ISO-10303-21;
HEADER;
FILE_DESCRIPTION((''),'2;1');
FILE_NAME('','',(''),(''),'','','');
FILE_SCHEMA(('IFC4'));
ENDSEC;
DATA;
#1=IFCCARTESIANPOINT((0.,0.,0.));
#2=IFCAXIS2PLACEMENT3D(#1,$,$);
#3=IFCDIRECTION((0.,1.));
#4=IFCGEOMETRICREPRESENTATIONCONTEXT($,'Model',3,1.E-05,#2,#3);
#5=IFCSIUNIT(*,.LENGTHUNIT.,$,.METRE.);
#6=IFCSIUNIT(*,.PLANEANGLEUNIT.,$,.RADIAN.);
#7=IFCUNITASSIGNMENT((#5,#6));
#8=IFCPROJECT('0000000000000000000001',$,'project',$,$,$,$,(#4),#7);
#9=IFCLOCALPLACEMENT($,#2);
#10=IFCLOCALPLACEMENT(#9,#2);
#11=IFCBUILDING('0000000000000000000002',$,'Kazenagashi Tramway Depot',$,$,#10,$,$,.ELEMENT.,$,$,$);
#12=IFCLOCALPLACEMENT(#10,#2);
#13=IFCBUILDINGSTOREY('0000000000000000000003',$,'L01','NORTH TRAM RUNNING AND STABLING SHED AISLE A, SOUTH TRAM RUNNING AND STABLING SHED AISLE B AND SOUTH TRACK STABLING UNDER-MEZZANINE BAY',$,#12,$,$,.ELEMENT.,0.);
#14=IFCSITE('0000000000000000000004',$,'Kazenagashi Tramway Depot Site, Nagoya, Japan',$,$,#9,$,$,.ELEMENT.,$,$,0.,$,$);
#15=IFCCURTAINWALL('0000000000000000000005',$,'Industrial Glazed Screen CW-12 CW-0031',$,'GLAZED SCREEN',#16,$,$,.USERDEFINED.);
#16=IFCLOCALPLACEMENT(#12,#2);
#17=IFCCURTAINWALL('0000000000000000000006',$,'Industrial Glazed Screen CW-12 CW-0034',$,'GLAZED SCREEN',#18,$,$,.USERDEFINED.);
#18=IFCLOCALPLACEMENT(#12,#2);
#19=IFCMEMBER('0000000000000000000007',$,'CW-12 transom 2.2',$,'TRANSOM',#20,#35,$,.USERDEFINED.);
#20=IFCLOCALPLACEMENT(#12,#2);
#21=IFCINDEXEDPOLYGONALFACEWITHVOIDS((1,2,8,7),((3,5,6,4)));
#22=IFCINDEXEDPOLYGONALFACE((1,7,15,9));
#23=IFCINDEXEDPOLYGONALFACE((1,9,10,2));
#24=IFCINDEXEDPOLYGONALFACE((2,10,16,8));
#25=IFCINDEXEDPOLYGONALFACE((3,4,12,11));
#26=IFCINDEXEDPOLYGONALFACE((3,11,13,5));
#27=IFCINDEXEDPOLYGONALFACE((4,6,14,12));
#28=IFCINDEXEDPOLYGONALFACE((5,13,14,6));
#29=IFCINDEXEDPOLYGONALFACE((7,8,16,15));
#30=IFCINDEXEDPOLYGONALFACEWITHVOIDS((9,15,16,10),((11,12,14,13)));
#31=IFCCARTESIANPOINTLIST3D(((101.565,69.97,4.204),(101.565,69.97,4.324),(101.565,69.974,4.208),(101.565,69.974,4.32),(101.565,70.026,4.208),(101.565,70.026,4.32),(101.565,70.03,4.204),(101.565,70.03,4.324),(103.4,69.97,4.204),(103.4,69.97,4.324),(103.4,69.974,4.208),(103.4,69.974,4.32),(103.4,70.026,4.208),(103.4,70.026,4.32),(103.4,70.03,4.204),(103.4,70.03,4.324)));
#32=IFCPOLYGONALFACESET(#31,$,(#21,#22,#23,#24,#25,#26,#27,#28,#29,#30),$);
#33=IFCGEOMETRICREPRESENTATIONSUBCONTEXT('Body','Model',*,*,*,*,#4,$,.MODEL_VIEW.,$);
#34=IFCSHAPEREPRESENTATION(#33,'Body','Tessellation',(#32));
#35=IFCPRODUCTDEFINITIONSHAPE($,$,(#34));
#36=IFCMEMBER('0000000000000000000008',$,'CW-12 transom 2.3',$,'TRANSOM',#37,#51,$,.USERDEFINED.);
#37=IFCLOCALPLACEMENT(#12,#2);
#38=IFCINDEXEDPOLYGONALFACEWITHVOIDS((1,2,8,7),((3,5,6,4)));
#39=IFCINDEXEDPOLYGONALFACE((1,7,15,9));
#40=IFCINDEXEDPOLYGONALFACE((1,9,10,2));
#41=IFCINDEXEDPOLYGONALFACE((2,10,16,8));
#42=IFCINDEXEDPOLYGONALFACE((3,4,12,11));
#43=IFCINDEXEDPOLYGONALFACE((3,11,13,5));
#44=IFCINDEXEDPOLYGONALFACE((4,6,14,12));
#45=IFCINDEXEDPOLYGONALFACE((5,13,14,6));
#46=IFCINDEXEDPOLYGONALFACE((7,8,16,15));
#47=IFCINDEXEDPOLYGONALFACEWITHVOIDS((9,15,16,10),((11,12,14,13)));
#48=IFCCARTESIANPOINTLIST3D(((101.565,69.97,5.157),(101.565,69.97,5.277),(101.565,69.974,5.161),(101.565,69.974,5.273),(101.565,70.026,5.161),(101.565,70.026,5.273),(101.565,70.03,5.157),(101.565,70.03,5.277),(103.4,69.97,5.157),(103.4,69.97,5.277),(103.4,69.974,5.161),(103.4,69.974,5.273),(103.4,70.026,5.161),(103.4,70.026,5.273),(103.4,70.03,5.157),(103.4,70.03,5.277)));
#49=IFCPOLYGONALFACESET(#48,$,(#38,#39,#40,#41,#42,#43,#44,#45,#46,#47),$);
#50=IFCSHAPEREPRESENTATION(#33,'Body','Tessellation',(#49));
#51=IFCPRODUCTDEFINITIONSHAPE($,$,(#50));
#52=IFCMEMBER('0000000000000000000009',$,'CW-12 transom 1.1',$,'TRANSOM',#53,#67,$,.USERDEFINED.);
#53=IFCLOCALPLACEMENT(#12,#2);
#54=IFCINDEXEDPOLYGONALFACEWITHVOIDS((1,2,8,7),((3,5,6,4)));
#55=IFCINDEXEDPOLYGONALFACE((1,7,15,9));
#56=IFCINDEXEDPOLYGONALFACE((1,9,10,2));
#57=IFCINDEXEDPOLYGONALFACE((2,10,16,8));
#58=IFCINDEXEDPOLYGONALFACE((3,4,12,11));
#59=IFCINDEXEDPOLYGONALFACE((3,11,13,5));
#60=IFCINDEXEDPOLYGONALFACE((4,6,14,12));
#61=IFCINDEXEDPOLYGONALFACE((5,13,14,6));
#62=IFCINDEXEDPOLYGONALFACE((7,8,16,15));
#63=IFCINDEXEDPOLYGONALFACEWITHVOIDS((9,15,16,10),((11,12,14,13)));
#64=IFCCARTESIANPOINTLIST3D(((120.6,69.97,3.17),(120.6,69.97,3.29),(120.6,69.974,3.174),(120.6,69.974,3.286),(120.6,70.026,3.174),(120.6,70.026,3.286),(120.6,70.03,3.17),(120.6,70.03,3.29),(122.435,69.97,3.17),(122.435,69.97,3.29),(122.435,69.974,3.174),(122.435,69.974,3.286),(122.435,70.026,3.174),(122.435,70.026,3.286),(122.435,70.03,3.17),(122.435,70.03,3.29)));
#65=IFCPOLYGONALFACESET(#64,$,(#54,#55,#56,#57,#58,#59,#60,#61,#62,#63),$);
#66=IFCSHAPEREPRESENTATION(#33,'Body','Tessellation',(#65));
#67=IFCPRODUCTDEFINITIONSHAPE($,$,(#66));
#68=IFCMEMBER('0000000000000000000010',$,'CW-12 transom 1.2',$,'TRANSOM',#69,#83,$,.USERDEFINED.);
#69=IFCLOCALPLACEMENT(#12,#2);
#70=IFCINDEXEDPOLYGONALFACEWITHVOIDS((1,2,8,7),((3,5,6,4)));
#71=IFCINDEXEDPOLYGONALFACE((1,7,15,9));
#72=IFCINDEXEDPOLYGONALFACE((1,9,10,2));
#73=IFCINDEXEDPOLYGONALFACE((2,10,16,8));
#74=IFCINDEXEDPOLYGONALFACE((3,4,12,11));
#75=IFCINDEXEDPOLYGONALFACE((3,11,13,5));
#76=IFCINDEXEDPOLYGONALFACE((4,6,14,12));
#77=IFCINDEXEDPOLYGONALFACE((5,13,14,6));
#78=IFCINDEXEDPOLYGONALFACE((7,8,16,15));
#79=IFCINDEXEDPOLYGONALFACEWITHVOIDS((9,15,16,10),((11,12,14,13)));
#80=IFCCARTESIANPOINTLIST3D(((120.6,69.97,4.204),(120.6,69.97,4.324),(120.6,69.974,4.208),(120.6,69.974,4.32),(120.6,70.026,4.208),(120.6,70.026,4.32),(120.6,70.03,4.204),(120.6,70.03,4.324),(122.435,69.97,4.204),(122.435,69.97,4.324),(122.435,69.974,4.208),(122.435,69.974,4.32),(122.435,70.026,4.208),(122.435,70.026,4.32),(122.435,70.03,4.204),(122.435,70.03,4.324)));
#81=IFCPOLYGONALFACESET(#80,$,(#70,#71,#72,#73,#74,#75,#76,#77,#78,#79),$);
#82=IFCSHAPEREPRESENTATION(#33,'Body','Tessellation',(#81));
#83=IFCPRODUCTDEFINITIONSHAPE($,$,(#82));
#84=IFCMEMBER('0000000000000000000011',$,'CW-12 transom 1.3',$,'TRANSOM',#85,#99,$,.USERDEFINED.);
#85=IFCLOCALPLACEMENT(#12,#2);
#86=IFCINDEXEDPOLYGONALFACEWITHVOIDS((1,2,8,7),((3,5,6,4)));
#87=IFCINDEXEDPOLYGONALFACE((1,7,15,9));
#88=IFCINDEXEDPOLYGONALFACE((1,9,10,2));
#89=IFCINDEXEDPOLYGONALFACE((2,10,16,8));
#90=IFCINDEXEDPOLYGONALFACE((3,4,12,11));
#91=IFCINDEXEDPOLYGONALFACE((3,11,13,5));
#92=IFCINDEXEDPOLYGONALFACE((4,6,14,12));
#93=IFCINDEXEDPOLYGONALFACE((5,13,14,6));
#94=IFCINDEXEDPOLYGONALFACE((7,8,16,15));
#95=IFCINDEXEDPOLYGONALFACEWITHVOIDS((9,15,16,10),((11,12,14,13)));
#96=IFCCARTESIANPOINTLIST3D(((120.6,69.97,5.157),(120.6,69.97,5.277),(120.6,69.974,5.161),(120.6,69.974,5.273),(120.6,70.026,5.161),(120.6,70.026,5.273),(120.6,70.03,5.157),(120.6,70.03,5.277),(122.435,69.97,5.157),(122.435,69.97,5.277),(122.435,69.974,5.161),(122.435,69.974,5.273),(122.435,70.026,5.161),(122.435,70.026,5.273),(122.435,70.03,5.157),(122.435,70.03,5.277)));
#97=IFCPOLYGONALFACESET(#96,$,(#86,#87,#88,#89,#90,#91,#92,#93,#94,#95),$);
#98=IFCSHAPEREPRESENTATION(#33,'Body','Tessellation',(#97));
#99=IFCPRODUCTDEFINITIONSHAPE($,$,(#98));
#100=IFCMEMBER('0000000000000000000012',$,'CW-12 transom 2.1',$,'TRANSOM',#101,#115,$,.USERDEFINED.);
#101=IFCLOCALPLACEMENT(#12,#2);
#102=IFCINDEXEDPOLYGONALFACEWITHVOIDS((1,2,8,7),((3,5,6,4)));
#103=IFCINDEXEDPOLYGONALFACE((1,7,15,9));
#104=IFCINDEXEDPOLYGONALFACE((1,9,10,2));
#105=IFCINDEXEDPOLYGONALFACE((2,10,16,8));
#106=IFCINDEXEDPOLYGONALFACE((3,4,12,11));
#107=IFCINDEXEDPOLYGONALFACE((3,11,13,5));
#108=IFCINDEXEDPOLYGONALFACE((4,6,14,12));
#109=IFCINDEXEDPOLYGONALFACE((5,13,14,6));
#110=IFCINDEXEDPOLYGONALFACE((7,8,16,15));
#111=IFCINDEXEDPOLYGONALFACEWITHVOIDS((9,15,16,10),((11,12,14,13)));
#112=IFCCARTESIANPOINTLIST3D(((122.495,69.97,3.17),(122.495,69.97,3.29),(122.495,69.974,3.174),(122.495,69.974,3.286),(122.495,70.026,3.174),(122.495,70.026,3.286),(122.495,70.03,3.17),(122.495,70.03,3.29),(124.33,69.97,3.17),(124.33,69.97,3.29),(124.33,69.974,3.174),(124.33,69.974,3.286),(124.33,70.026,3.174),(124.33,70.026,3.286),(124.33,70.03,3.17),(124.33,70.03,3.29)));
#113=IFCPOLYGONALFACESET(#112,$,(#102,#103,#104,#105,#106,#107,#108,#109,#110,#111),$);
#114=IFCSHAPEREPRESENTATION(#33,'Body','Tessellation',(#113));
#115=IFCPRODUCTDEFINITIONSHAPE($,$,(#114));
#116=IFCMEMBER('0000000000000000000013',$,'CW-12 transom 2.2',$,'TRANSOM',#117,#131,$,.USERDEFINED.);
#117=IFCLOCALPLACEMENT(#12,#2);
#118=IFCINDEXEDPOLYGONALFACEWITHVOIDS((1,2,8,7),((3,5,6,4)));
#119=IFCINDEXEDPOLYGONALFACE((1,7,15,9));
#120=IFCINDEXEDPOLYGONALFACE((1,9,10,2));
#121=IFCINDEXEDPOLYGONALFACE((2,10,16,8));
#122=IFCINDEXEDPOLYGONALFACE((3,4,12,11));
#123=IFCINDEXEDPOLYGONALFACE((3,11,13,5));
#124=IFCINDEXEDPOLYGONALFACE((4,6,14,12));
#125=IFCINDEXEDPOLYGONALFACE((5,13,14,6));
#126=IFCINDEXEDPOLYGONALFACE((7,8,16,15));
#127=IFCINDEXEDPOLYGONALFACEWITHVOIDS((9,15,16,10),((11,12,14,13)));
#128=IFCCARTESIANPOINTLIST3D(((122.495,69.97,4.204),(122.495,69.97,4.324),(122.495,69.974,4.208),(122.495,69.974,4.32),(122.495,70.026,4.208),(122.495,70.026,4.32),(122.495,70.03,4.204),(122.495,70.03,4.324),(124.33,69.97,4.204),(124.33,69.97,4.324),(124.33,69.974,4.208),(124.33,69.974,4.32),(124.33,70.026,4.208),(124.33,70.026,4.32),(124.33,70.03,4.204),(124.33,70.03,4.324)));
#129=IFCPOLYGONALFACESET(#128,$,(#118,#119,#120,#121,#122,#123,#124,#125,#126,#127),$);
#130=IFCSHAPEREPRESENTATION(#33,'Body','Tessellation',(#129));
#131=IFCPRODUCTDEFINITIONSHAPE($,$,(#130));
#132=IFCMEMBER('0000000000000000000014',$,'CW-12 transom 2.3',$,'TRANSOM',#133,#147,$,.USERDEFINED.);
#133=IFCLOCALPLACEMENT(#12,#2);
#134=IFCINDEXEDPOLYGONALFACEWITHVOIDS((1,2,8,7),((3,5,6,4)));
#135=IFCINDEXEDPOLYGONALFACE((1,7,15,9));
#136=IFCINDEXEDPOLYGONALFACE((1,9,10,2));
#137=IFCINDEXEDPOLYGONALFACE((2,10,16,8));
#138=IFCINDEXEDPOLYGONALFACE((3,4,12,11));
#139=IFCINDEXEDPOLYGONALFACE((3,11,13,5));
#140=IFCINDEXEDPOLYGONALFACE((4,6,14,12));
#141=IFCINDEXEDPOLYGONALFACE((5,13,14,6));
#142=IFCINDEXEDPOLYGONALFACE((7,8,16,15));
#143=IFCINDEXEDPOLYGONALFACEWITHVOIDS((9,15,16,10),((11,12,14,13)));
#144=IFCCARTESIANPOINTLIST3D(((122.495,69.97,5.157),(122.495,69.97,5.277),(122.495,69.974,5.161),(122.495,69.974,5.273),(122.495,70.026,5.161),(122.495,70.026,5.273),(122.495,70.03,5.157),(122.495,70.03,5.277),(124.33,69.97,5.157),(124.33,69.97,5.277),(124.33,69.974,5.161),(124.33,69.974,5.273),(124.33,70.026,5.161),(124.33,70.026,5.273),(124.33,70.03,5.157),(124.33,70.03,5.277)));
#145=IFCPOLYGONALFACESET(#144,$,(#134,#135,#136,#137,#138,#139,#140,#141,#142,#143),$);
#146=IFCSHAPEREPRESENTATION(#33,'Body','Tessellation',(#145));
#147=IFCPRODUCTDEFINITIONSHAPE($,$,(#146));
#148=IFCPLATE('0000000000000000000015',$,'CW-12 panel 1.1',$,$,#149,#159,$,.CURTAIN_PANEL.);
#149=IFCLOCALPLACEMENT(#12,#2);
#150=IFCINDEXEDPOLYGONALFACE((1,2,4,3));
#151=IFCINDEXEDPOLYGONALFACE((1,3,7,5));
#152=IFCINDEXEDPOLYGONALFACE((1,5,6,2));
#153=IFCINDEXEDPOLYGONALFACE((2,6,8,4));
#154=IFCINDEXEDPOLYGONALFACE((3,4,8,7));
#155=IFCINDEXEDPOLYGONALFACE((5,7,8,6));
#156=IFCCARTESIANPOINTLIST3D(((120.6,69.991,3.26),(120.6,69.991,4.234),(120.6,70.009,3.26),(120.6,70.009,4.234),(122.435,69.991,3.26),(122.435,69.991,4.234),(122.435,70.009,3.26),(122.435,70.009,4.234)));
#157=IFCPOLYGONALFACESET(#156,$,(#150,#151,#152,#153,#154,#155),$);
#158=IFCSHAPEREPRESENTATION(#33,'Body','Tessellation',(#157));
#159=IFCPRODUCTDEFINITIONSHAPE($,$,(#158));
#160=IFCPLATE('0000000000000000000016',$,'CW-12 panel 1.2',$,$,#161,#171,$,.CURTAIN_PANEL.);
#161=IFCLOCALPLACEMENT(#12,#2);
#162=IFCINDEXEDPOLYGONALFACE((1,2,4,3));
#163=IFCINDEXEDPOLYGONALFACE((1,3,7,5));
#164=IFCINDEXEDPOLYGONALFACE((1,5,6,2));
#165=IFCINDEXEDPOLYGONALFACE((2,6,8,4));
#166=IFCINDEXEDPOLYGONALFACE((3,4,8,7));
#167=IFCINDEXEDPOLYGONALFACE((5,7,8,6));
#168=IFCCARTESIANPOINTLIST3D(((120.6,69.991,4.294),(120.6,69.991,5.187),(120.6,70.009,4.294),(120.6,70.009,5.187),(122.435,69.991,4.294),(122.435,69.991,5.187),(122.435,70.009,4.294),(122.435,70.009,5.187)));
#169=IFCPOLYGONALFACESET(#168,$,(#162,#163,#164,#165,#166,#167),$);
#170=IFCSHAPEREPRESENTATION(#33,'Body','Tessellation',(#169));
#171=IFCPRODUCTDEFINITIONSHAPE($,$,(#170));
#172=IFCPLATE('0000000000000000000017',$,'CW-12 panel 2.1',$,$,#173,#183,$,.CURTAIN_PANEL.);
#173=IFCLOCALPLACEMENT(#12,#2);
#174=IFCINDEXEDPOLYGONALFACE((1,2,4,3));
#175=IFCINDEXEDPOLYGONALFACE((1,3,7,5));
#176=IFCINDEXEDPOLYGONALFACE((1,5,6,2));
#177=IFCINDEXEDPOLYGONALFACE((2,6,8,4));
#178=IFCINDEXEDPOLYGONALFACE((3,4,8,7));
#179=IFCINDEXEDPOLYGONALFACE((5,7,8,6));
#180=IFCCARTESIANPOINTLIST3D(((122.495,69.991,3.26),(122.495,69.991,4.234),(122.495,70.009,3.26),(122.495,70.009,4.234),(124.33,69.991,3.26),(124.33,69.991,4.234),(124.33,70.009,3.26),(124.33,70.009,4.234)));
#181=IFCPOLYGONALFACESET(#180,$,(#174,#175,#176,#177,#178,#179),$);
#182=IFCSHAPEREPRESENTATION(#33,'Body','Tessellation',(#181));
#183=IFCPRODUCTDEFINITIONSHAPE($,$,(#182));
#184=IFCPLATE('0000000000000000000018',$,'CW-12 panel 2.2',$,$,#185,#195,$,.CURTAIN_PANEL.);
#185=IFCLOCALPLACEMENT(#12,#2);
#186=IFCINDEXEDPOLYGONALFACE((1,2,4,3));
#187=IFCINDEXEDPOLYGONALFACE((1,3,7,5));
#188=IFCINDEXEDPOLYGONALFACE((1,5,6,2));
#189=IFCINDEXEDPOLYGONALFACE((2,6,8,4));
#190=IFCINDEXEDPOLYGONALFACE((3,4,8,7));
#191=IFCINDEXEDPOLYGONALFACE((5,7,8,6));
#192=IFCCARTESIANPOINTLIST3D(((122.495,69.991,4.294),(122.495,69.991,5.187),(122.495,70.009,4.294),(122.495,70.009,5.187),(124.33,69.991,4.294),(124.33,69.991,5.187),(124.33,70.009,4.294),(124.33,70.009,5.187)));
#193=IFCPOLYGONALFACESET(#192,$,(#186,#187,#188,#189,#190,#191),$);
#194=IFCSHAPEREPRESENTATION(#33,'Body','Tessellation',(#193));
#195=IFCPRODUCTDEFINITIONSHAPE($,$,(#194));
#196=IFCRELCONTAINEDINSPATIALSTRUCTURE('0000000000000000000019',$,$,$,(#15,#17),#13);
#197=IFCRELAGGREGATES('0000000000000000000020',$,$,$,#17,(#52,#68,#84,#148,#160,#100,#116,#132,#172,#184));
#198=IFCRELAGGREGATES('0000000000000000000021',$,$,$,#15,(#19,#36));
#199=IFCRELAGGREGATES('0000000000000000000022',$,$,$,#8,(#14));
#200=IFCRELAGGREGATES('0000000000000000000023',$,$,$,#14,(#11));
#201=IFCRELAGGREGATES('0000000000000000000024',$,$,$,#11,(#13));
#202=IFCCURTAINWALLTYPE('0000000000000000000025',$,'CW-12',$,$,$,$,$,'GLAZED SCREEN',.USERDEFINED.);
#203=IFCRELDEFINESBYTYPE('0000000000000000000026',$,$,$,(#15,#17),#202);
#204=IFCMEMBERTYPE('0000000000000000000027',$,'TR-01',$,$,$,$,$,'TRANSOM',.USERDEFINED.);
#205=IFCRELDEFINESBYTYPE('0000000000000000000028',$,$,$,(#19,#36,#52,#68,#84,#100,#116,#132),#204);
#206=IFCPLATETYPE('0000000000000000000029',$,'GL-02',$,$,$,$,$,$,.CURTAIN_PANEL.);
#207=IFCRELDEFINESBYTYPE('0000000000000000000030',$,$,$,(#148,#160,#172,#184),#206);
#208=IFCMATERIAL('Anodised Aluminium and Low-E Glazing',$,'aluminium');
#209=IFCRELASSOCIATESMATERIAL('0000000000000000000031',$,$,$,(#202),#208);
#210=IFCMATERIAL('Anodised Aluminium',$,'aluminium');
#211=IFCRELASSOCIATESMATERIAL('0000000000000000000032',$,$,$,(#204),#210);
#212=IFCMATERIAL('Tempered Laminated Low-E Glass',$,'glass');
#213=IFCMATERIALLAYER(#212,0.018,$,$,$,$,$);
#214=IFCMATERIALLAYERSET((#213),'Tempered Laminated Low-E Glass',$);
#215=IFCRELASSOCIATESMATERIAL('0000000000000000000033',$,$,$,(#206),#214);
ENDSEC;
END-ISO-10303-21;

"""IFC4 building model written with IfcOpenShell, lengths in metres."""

from ifc_helpers import new_model, si_unit, direction, frame, origin, origin_2d, place, context, subcontext, project, spatial, rectangle, hollow_rectangle, extrude, material, layer, layer_set, material_profile, profile_set, type_object, element, aggregate, save


model = new_model("IFC4")

# Units and contexts
model_context = context("Model", 3, precision=1e-05, world=origin(), true_north=direction((0.0, 1.0)))
body_context = subcontext(model_context, "Body", "Model", "MODEL_VIEW")
ifc_project = project(units=[si_unit("LENGTHUNIT", "METRE"), si_unit("PLANEANGLEUNIT", "RADIAN")], contexts=[model_context])

# Site, building, storey
site_placement = place(None, origin())
site = spatial("IfcSite", under=ifc_project, at=site_placement, Name="Kazenagashi Tramway Depot Site, Nagoya, Japan", CompositionType="ELEMENT", RefElevation=0.0)
building_placement = place(site_placement, origin())
building = spatial("IfcBuilding", under=site, at=building_placement, Name="Kazenagashi Tramway Depot", CompositionType="ELEMENT")
storey_placement = place(building_placement, origin())
storey = spatial("IfcBuildingStorey", under=building, at=storey_placement, Name="L01", Description="NORTH TRAM RUNNING AND STABLING SHED AISLE A, SOUTH TRAM RUNNING AND STABLING SHED AISLE B AND SOUTH TRACK STABLING UNDER-MEZZANINE BAY", CompositionType="ELEMENT", Elevation=0.0)

# Curtain walls
ifc_material_1 = material(Name="Anodised Aluminium and Low-E Glazing", Category="aluminium")
curtain_wall_type = type_object("IfcCurtainWallType", Name="CW-12", ElementType="GLAZED SCREEN", PredefinedType="USERDEFINED", material=ifc_material_1)
curtain_wall_1_placement = place(storey_placement, origin())
curtain_wall_1 = element("IfcCurtainWall", 1, at=curtain_wall_1_placement, inside=storey, type_object=curtain_wall_type, Name="Industrial Glazed Screen CW-12 CW-0031", ObjectType="GLAZED SCREEN", PredefinedType="USERDEFINED")
ifc_material_2 = material(Name="Anodised Aluminium", Category="aluminium")
curtain_wall_2_placement = place(storey_placement, origin())
curtain_wall_2 = element("IfcCurtainWall", 2, at=curtain_wall_2_placement, inside=storey, type_object=curtain_wall_type, Name="Industrial Glazed Screen CW-12 CW-0034", ObjectType="GLAZED SCREEN", PredefinedType="USERDEFINED")

# Members
ifc_material_profile_1 = material_profile(ifc_material_2, hollow_rectangle(XDim=0.06, YDim=0.12, WallThickness=0.004, at=origin_2d()), Name="RHS-120x60x4")
ifc_profile_set_1 = profile_set([ifc_material_profile_1], Name="Anodised Aluminium")
member_type_1 = type_object("IfcMemberType", Name="TR-01", ElementType="TRANSOM", PredefinedType="USERDEFINED", material=ifc_profile_set_1)
member_1_placement = place(storey_placement, frame((101.565, 70.0, 4.264), z_axis=(1.0, 0.0, 0.0), x_axis=(0.0, 1.0, 0.0)))
member_1 = element("IfcMember", 3, at=member_1_placement, type_object=member_type_1, Name="CW-12 transom 2.2", ObjectType="TRANSOM", PredefinedType="USERDEFINED", context=body_context, shape_type="SweptSolid", body=[
    extrude(hollow_rectangle(XDim=0.06, YDim=0.12, WallThickness=0.004, at=origin_2d()), origin(), (0.0, 0.0, 1.0), 1.835),
])
member_2_placement = place(storey_placement, frame((101.565, 70.0, 5.217), z_axis=(1.0, 0.0, 0.0), x_axis=(0.0, 1.0, 0.0)))
member_2 = element("IfcMember", 4, at=member_2_placement, type_object=member_type_1, Name="CW-12 transom 2.3", ObjectType="TRANSOM", PredefinedType="USERDEFINED", context=body_context, shape_type="SweptSolid", body=[
    extrude(hollow_rectangle(XDim=0.06, YDim=0.12, WallThickness=0.004, at=origin_2d()), origin(), (0.0, 0.0, 1.0), 1.835),
])
member_3_placement = place(storey_placement, frame((120.6, 70.0, 3.23), z_axis=(1.0, 0.0, 0.0), x_axis=(0.0, 1.0, 0.0)))
member_3 = element("IfcMember", 5, at=member_3_placement, type_object=member_type_1, Name="CW-12 transom 1.1", ObjectType="TRANSOM", PredefinedType="USERDEFINED", context=body_context, shape_type="SweptSolid", body=[
    extrude(hollow_rectangle(XDim=0.06, YDim=0.12, WallThickness=0.004, at=origin_2d()), origin(), (0.0, 0.0, 1.0), 1.835),
])
member_4_placement = place(storey_placement, frame((120.6, 70.0, 4.264), z_axis=(1.0, 0.0, 0.0), x_axis=(0.0, 1.0, 0.0)))
member_4 = element("IfcMember", 6, at=member_4_placement, type_object=member_type_1, Name="CW-12 transom 1.2", ObjectType="TRANSOM", PredefinedType="USERDEFINED", context=body_context, shape_type="SweptSolid", body=[
    extrude(hollow_rectangle(XDim=0.06, YDim=0.12, WallThickness=0.004, at=origin_2d()), origin(), (0.0, 0.0, 1.0), 1.835),
])
member_5_placement = place(storey_placement, frame((120.6, 70.0, 5.217), z_axis=(1.0, 0.0, 0.0), x_axis=(0.0, 1.0, 0.0)))
member_5 = element("IfcMember", 7, at=member_5_placement, type_object=member_type_1, Name="CW-12 transom 1.3", ObjectType="TRANSOM", PredefinedType="USERDEFINED", context=body_context, shape_type="SweptSolid", body=[
    extrude(hollow_rectangle(XDim=0.06, YDim=0.12, WallThickness=0.004, at=origin_2d()), origin(), (0.0, 0.0, 1.0), 1.835),
])
member_6_placement = place(storey_placement, frame((122.495, 70.0, 3.23), z_axis=(1.0, 0.0, 0.0), x_axis=(0.0, 1.0, 0.0)))
member_6 = element("IfcMember", 8, at=member_6_placement, type_object=member_type_1, Name="CW-12 transom 2.1", ObjectType="TRANSOM", PredefinedType="USERDEFINED", context=body_context, shape_type="SweptSolid", body=[
    extrude(hollow_rectangle(XDim=0.06, YDim=0.12, WallThickness=0.004, at=origin_2d()), origin(), (0.0, 0.0, 1.0), 1.835),
])
member_7_placement = place(storey_placement, frame((122.495, 70.0, 4.264), z_axis=(1.0, 0.0, 0.0), x_axis=(0.0, 1.0, 0.0)))
member_7 = element("IfcMember", 9, at=member_7_placement, type_object=member_type_1, Name="CW-12 transom 2.2", ObjectType="TRANSOM", PredefinedType="USERDEFINED", context=body_context, shape_type="SweptSolid", body=[
    extrude(hollow_rectangle(XDim=0.06, YDim=0.12, WallThickness=0.004, at=origin_2d()), origin(), (0.0, 0.0, 1.0), 1.835),
])
member_8_placement = place(storey_placement, frame((122.495, 70.0, 5.217), z_axis=(1.0, 0.0, 0.0), x_axis=(0.0, 1.0, 0.0)))
member_8 = element("IfcMember", 10, at=member_8_placement, type_object=member_type_1, Name="CW-12 transom 2.3", ObjectType="TRANSOM", PredefinedType="USERDEFINED", context=body_context, shape_type="SweptSolid", body=[
    extrude(hollow_rectangle(XDim=0.06, YDim=0.12, WallThickness=0.004, at=origin_2d()), origin(), (0.0, 0.0, 1.0), 1.835),
])

# Plates
ifc_material_3 = material(Name="Tempered Laminated Low-E Glass", Category="glass")
ifc_layer_1 = layer(ifc_material_3, 0.018)
ifc_layer_set_1 = layer_set([ifc_layer_1], Name="Tempered Laminated Low-E Glass")
plate_type_1 = type_object("IfcPlateType", Name="GL-02", PredefinedType="CURTAIN_PANEL", material=ifc_layer_set_1)
plate_1_placement = place(storey_placement, frame((121.5175, 70.0, 3.26), z_axis=(0.0, 0.0, 1.0), x_axis=(1.0, 0.0, 0.0)))
plate_1 = element("IfcPlate", 11, at=plate_1_placement, type_object=plate_type_1, Name="CW-12 panel 1.1", PredefinedType="CURTAIN_PANEL", context=body_context, shape_type="SweptSolid", body=[
    extrude(rectangle(XDim=1.835, YDim=0.018, at=origin_2d()), origin(), (0.0, 0.0, 1.0), 0.974),
])
plate_2_placement = place(storey_placement, frame((121.5175, 70.0, 4.294), z_axis=(0.0, 0.0, 1.0), x_axis=(1.0, 0.0, 0.0)))
plate_2 = element("IfcPlate", 12, at=plate_2_placement, type_object=plate_type_1, Name="CW-12 panel 1.2", PredefinedType="CURTAIN_PANEL", context=body_context, shape_type="SweptSolid", body=[
    extrude(rectangle(XDim=1.835, YDim=0.018, at=origin_2d()), origin(), (0.0, 0.0, 1.0), 0.893),
])
plate_3_placement = place(storey_placement, frame((123.4125, 70.0, 3.26), z_axis=(0.0, 0.0, 1.0), x_axis=(1.0, 0.0, 0.0)))
plate_3 = element("IfcPlate", 13, at=plate_3_placement, type_object=plate_type_1, Name="CW-12 panel 2.1", PredefinedType="CURTAIN_PANEL", context=body_context, shape_type="SweptSolid", body=[
    extrude(rectangle(XDim=1.835, YDim=0.018, at=origin_2d()), origin(), (0.0, 0.0, 1.0), 0.974),
])
plate_4_placement = place(storey_placement, frame((123.4125, 70.0, 4.294), z_axis=(0.0, 0.0, 1.0), x_axis=(1.0, 0.0, 0.0)))
plate_4 = element("IfcPlate", 14, at=plate_4_placement, type_object=plate_type_1, Name="CW-12 panel 2.2", PredefinedType="CURTAIN_PANEL", context=body_context, shape_type="SweptSolid", body=[
    extrude(rectangle(XDim=1.835, YDim=0.018, at=origin_2d()), origin(), (0.0, 0.0, 1.0), 0.893),
])
aggregate(curtain_wall_2, [member_3, member_4, member_5, plate_1, plate_2, member_6, member_7, member_8, plate_3, plate_4])
aggregate(curtain_wall_1, [member_1, member_2])

save(model, "model.ifc")
